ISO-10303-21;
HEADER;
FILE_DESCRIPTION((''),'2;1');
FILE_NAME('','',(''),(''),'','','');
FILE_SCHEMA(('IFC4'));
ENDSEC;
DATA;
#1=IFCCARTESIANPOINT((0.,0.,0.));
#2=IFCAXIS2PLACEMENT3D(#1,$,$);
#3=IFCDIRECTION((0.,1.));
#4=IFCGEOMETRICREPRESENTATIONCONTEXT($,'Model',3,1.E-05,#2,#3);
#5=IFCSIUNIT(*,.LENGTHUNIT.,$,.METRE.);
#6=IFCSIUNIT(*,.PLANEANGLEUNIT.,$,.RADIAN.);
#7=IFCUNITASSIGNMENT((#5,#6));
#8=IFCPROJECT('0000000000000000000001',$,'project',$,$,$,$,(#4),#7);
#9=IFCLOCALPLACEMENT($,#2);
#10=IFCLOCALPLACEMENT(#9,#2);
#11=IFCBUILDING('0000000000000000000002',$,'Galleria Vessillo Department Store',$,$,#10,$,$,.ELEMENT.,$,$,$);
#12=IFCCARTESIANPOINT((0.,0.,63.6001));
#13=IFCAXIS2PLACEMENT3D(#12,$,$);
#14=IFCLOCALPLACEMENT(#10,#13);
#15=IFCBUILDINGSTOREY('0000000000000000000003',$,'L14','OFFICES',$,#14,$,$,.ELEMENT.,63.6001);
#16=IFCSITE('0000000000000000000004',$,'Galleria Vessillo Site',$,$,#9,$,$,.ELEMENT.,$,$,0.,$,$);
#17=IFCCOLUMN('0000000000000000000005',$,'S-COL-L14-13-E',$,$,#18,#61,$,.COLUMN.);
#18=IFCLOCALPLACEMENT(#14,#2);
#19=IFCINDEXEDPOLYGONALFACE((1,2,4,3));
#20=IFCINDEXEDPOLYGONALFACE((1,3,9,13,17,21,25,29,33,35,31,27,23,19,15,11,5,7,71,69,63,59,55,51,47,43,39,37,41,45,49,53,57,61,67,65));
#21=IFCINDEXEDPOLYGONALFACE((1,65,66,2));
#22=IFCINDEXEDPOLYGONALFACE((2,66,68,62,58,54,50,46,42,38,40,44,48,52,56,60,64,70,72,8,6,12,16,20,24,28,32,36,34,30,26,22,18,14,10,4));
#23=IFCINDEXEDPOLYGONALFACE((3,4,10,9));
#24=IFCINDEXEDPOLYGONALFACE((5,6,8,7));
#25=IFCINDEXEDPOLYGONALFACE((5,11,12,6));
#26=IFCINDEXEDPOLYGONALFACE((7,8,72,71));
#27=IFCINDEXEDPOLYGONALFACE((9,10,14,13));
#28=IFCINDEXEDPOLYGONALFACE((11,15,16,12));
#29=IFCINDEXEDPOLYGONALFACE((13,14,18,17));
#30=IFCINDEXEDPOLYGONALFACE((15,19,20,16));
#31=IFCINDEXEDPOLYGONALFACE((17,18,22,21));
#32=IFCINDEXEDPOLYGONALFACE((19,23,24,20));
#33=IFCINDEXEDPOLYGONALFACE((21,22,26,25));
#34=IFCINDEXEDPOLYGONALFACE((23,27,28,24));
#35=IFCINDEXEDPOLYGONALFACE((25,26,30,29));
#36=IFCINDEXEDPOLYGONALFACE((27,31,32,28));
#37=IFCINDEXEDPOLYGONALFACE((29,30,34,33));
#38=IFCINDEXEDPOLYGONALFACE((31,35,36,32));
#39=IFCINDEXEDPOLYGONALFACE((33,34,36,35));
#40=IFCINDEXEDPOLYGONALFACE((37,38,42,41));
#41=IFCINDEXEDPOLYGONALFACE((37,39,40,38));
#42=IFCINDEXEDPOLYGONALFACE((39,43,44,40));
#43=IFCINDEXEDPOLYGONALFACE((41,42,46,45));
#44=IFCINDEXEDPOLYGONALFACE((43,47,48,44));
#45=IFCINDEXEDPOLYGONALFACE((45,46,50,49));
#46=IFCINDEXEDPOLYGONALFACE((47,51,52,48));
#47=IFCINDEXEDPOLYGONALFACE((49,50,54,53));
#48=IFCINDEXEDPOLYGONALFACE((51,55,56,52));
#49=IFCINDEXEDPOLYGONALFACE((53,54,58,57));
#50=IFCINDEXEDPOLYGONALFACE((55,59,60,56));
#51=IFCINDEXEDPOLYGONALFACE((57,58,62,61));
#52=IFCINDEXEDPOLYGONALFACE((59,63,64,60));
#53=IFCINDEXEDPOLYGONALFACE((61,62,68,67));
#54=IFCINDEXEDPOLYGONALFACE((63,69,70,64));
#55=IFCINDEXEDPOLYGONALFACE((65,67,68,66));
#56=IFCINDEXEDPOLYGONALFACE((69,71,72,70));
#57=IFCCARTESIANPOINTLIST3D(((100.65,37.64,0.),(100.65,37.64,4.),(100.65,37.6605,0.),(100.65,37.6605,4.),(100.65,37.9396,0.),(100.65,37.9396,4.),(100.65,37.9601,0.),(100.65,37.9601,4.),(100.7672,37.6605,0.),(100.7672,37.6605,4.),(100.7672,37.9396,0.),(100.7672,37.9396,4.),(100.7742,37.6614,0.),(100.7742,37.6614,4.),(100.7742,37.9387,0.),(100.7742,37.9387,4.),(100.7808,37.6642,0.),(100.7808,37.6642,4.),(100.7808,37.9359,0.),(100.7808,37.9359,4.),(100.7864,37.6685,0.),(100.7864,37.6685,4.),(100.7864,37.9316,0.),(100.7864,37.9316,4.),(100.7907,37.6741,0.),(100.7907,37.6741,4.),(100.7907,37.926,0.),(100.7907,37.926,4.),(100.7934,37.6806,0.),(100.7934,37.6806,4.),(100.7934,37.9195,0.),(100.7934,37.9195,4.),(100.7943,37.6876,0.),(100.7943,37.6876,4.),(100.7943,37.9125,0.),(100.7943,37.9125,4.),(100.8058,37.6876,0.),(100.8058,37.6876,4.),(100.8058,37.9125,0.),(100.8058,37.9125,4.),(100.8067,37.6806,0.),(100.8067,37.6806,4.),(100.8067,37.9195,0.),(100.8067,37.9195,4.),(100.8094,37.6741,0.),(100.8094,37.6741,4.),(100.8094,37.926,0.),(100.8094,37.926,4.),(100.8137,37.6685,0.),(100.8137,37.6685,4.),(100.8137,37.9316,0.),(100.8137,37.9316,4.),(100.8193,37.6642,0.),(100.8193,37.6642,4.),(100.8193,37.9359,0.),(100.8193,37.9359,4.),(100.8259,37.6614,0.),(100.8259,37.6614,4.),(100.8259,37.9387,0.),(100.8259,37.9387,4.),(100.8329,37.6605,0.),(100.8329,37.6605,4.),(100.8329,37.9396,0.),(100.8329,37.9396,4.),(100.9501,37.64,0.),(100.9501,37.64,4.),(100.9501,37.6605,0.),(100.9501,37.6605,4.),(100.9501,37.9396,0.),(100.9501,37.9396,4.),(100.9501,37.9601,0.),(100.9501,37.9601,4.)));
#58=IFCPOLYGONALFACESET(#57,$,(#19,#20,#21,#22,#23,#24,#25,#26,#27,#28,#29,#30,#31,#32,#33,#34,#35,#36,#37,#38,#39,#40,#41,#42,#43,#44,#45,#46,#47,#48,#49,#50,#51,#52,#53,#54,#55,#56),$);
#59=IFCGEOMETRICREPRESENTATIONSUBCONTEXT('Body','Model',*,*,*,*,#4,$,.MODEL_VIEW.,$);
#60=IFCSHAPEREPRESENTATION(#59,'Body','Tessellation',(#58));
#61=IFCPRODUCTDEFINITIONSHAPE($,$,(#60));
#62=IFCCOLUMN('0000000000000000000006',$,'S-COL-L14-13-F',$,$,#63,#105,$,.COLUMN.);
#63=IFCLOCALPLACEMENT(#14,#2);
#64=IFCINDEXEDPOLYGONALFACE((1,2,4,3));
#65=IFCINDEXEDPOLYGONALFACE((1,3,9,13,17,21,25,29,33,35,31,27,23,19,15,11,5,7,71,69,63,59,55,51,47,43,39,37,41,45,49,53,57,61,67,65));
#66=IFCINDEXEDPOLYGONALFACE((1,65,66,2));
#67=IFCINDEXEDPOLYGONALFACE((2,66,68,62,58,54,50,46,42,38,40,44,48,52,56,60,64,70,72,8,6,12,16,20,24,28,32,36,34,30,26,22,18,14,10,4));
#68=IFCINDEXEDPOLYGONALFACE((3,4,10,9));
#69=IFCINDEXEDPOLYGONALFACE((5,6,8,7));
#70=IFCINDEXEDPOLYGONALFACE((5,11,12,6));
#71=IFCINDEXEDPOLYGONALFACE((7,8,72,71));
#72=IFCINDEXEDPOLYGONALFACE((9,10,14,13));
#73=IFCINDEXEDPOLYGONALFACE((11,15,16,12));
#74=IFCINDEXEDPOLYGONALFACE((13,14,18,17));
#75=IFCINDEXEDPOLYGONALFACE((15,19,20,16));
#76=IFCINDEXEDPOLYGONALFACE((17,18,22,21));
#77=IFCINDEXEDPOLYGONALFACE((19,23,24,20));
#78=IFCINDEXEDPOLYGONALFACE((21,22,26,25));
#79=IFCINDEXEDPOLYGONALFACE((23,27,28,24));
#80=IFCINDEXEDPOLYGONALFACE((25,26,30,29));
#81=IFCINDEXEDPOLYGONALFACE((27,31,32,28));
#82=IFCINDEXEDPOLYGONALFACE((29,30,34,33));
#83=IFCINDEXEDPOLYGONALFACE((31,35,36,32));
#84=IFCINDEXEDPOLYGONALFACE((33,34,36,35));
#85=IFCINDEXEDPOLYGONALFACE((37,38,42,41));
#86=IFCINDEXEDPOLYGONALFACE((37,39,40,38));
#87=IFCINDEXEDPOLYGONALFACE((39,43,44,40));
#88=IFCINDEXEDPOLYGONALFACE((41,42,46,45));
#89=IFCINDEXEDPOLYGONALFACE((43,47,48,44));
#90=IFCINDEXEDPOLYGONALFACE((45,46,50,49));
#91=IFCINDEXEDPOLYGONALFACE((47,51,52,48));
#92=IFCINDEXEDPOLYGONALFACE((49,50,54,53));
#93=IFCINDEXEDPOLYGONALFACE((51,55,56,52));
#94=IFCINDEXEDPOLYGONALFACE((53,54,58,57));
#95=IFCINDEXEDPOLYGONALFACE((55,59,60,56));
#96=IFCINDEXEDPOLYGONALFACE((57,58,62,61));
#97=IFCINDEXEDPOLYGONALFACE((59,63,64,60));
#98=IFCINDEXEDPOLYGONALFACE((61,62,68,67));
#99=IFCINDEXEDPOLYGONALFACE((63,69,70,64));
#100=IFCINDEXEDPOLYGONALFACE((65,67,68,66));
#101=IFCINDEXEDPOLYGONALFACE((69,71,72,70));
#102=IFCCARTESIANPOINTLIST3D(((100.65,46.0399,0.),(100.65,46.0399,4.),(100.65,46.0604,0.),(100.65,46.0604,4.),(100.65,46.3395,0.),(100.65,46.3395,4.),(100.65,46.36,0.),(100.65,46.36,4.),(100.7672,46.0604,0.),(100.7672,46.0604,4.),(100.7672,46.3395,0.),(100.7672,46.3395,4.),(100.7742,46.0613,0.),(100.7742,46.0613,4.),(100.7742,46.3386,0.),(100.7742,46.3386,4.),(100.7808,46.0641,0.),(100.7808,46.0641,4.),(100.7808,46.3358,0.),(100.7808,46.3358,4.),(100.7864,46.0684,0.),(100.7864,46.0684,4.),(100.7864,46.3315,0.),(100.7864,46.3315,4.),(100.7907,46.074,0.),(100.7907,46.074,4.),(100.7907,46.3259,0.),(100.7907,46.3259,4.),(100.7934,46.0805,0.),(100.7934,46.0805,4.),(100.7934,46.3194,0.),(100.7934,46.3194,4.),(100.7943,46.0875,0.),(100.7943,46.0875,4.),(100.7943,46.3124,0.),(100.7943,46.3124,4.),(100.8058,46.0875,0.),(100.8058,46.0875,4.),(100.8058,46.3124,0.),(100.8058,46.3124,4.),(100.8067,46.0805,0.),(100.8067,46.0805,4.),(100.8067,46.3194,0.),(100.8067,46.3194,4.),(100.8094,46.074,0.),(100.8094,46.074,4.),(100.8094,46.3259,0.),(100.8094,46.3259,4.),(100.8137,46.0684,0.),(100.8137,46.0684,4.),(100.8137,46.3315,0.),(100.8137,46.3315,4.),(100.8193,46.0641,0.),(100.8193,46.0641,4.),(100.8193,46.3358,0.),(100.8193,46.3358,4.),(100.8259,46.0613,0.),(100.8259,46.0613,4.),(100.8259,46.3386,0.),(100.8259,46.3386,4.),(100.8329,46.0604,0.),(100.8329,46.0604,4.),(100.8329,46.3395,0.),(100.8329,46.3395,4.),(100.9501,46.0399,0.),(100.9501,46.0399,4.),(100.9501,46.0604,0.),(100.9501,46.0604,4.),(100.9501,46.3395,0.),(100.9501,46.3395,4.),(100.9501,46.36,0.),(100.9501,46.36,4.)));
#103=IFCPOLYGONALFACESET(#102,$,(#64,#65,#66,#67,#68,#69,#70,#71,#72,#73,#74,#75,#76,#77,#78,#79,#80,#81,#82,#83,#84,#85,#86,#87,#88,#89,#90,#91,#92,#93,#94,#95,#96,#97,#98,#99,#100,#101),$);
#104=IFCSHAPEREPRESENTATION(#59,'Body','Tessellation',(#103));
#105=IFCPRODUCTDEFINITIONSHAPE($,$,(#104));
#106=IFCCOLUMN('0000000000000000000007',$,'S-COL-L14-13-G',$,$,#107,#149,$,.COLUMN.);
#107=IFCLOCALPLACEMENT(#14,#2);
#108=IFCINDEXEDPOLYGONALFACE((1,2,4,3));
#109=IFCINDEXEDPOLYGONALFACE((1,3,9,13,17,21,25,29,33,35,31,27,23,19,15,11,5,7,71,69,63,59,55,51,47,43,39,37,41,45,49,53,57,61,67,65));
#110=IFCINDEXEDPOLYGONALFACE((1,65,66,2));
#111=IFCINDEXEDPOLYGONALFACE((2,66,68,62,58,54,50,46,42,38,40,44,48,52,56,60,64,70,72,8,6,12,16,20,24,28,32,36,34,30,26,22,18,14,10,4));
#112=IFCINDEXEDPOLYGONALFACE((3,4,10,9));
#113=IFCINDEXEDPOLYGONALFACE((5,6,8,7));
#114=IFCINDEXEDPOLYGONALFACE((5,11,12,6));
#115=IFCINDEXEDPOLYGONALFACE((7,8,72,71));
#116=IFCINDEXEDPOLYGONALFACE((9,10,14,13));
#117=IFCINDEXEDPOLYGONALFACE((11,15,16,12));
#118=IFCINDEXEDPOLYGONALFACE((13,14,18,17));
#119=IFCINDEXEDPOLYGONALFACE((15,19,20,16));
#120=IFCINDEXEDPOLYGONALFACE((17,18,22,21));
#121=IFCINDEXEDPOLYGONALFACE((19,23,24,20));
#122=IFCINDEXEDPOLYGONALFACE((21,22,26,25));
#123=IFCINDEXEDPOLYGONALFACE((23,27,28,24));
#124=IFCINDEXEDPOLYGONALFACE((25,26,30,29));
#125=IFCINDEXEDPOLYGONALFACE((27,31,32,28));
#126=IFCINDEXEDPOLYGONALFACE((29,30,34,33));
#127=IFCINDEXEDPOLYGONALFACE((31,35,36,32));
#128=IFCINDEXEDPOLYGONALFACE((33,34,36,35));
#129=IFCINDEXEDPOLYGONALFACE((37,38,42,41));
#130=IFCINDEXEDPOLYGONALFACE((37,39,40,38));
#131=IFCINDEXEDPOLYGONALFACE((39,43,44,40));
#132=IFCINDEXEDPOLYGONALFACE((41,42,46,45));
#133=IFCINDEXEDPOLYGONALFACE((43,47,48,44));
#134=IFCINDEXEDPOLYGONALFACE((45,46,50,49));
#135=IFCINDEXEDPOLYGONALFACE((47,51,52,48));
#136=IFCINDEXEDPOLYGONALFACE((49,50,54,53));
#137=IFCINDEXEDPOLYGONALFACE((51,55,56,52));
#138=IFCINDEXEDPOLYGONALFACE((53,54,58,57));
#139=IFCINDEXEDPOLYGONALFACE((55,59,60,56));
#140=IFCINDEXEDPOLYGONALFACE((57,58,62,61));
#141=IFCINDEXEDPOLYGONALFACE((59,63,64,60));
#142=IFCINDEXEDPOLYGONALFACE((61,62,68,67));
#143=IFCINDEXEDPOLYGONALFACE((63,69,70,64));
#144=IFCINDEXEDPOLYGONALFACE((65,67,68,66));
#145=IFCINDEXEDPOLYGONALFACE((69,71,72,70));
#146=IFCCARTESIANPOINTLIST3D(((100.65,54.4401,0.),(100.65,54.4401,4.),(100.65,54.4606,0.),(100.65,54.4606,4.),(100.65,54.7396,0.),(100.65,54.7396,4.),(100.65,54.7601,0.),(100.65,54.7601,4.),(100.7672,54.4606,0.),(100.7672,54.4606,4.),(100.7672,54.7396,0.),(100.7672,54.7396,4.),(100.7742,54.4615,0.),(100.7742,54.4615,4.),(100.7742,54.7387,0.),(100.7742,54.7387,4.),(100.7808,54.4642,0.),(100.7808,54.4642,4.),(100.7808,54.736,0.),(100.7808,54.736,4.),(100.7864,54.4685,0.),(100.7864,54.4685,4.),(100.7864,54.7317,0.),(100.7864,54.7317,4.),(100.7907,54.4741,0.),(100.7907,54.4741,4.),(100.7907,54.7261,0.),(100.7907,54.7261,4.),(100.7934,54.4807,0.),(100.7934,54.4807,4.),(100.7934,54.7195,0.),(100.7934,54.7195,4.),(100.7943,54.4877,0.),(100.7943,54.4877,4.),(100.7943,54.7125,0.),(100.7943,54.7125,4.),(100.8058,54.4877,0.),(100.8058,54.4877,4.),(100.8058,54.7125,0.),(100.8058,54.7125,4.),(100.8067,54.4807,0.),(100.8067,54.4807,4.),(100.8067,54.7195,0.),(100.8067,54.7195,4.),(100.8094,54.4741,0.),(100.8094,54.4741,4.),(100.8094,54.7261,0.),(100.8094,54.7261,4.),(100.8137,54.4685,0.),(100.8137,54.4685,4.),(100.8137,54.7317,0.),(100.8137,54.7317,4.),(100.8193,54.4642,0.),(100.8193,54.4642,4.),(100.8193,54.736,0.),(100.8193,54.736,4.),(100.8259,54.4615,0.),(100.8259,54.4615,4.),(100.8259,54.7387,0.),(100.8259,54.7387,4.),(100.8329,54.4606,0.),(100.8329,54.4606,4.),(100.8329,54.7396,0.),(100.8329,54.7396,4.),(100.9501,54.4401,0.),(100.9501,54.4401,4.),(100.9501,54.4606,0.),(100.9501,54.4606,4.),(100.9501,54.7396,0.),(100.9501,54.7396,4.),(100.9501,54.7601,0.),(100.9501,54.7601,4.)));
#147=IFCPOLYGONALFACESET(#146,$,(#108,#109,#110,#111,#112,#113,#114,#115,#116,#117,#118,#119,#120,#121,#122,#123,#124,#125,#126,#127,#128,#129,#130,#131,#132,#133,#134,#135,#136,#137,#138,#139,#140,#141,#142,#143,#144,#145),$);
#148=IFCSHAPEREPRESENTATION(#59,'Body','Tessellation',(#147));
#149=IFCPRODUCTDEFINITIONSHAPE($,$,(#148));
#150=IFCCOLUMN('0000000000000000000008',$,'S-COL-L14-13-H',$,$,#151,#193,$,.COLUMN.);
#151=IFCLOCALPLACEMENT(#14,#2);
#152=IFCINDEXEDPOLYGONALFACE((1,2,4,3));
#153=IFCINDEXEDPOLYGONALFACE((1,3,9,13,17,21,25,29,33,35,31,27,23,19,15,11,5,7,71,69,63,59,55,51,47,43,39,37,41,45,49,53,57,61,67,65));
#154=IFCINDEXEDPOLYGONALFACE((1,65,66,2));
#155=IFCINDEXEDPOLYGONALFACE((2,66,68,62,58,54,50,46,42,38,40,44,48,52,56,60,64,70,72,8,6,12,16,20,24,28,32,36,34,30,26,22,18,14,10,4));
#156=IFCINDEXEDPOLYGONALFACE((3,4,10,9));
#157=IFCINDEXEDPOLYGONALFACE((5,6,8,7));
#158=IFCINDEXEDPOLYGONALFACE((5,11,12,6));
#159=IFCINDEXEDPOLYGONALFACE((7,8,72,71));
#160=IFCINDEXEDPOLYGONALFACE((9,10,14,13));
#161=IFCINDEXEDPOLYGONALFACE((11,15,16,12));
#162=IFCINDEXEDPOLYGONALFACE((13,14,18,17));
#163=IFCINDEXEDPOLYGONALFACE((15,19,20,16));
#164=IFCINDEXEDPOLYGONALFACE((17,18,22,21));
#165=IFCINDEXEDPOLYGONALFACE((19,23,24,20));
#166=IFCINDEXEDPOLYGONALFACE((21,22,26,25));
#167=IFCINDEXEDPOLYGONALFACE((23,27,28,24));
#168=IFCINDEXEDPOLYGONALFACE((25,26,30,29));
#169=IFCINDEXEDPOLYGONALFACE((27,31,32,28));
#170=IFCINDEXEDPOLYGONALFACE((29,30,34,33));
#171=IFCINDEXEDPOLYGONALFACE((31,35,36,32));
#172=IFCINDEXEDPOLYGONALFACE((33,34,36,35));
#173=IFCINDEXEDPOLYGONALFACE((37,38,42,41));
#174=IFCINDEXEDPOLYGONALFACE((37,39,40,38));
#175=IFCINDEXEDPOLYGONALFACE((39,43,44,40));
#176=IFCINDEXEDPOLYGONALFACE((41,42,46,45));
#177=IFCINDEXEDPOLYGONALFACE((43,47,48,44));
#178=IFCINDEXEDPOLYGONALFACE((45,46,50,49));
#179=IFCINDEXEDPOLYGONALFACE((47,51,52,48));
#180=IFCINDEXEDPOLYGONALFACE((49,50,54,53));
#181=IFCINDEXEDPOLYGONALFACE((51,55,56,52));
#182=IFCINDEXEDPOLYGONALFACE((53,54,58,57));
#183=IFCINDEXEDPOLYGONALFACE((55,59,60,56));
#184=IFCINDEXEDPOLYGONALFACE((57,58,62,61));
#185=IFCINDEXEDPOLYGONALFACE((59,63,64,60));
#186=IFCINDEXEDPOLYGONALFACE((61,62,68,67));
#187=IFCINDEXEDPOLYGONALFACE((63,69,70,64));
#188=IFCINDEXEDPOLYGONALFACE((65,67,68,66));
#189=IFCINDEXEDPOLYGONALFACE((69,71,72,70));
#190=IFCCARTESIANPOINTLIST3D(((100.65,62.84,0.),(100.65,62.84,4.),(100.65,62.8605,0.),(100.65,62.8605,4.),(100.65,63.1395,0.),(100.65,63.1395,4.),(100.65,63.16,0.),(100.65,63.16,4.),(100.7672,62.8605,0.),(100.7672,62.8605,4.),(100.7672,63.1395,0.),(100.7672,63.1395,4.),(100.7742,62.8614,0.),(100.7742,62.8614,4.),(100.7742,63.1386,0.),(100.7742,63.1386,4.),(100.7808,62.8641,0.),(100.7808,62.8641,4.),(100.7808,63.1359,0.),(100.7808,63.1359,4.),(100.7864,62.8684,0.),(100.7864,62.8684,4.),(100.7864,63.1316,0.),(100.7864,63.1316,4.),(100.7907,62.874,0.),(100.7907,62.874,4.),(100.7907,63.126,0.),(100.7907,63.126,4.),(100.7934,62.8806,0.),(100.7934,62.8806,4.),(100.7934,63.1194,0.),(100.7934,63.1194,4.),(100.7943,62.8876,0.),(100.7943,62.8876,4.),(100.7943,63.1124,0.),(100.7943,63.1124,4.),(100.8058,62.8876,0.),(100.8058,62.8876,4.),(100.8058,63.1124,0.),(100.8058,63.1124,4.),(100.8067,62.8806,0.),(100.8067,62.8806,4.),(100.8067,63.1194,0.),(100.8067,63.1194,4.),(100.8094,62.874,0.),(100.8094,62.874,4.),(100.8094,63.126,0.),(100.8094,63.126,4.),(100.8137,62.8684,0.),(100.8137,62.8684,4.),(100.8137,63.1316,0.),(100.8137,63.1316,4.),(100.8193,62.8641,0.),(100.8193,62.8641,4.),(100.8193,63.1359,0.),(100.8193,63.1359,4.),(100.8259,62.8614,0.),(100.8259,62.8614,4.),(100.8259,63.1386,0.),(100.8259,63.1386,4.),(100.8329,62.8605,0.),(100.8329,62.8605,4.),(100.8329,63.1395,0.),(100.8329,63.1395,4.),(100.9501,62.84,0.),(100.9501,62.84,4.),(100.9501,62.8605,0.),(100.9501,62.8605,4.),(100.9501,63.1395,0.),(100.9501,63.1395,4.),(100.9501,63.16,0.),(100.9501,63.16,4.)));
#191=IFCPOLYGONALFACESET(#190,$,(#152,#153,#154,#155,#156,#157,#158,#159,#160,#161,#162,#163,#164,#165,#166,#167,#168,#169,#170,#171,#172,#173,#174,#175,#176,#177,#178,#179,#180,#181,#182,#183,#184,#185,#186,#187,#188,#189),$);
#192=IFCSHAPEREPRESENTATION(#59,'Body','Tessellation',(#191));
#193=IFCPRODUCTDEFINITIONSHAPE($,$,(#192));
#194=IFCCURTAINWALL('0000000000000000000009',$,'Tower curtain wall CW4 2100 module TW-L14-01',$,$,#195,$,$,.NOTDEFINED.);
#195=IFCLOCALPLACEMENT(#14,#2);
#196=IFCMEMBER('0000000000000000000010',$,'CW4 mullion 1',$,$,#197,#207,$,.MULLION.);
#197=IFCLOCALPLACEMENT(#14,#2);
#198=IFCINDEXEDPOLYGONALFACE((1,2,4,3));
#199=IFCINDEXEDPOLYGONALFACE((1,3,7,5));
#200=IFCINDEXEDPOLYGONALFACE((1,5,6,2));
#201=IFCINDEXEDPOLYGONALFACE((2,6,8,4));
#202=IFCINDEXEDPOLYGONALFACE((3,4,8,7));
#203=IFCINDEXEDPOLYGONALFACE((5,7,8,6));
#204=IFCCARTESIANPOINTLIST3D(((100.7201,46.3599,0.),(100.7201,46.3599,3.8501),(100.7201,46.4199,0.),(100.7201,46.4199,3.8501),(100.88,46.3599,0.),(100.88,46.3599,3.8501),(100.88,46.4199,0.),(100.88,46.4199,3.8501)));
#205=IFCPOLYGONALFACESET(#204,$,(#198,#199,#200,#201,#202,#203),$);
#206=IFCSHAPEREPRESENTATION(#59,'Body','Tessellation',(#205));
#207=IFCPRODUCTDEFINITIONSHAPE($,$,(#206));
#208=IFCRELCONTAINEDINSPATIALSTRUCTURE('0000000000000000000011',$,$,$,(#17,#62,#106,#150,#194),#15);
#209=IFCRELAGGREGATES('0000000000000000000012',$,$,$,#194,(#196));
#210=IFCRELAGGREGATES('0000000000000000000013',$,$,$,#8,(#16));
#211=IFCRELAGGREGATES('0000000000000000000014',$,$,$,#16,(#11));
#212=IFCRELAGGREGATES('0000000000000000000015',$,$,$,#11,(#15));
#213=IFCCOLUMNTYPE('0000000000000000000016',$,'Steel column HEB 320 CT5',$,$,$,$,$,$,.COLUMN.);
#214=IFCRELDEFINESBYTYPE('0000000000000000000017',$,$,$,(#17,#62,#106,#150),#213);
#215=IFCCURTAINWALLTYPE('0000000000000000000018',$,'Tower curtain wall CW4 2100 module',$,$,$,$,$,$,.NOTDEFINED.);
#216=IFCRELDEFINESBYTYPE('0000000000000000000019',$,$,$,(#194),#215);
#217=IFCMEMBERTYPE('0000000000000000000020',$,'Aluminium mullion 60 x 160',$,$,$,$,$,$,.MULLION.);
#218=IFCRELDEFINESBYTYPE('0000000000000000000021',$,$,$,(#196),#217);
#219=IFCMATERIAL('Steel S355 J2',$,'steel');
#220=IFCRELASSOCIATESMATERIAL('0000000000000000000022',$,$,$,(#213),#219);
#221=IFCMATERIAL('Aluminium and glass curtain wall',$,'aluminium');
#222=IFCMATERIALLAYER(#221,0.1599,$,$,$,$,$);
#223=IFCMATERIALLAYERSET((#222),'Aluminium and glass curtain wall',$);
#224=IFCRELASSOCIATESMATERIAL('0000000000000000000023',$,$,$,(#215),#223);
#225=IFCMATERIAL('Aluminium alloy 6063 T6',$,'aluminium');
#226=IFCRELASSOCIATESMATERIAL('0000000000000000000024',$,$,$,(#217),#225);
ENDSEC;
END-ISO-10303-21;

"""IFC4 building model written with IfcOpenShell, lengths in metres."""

from ifc_helpers import new_model, si_unit, direction, frame, origin, origin_2d, place, context, subcontext, project, spatial, rectangle, i_section, extrude, material, layer, layer_set, material_profile, profile_set, type_object, element, aggregate, save


model = new_model("IFC4")

# Units and contexts
model_context = context("Model", 3, precision=1e-05, world=origin(), true_north=direction((0.0, 1.0)))
body_context = subcontext(model_context, "Body", "Model", "MODEL_VIEW")
ifc_project = project(units=[si_unit("LENGTHUNIT", "METRE"), si_unit("PLANEANGLEUNIT", "RADIAN")], contexts=[model_context])

# Site, building, storey
site_placement = place(None, origin())
site = spatial("IfcSite", under=ifc_project, at=site_placement, Name="Galleria Vessillo Site", CompositionType="ELEMENT", RefElevation=0.0)
building_placement = place(site_placement, origin())
building = spatial("IfcBuilding", under=site, at=building_placement, Name="Galleria Vessillo Department Store", CompositionType="ELEMENT")
storey_placement = place(building_placement, frame((0.0, 0.0, 63.6001)))
storey = spatial("IfcBuildingStorey", under=building, at=storey_placement, Name="L14", Description="OFFICES", CompositionType="ELEMENT", Elevation=63.6001)

# Columns
ifc_material_1 = material(Name="Steel S355 J2", Category="steel")
ifc_material_profile_1 = material_profile(ifc_material_1, i_section(OverallWidth=0.3, OverallDepth=0.3201, WebThickness=0.0115, FlangeThickness=0.0205, FilletRadius=0.0271, at=origin_2d()), Name="HEB 320")
ifc_profile_set_1 = profile_set([ifc_material_profile_1], Name="Steel S355 J2")
column_type = type_object("IfcColumnType", Name="Steel column HEB 320 CT5", PredefinedType="COLUMN", material=ifc_profile_set_1)
for number, where, z_axis, x_axis, name in (
    (1, (100.8, 37.8, 0.0), (0.0, 0.0, 1.0), (1.0, 0.0, 0.0), "S-COL-L14-13-E"),
    (2, (100.8, 46.2, 0.0), (0.0, 0.0, 1.0), (1.0, 0.0, 0.0), "S-COL-L14-13-F"),
    (3, (100.8, 54.6001, 0.0), (0.0, 0.0, 1.0), (1.0, 0.0, 0.0), "S-COL-L14-13-G"),
    (4, (100.8, 63.0, 0.0), (0.0, 0.0, 1.0), (1.0, 0.0, 0.0), "S-COL-L14-13-H"),
):
    element("IfcColumn", number, at=place(storey_placement, frame(where, z_axis=z_axis, x_axis=x_axis)), inside=storey, type_object=column_type, Name=name, PredefinedType="COLUMN", context=body_context, shape_type="SweptSolid", body=[
        extrude(i_section(OverallWidth=0.3, OverallDepth=0.3201, WebThickness=0.0115, FlangeThickness=0.0205, FilletRadius=0.0271, at=origin_2d()), origin(), (0.0, 0.0, 1.0), 4.0),
    ])

# Curtain wall, member
ifc_material_2 = material(Name="Aluminium and glass curtain wall", Category="aluminium")
ifc_layer_1 = layer(ifc_material_2, 0.1599)
ifc_layer_set_1 = layer_set([ifc_layer_1], Name="Aluminium and glass curtain wall")
curtain_wall_type = type_object("IfcCurtainWallType", Name="Tower curtain wall CW4 2100 module", PredefinedType="NOTDEFINED", material=ifc_layer_set_1)
curtain_wall_placement = place(storey_placement, origin())
curtain_wall = element("IfcCurtainWall", 5, at=curtain_wall_placement, inside=storey, type_object=curtain_wall_type, Name="Tower curtain wall CW4 2100 module TW-L14-01", PredefinedType="NOTDEFINED")
ifc_material_3 = material(Name="Aluminium alloy 6063 T6", Category="aluminium")
ifc_material_profile_2 = material_profile(ifc_material_3, rectangle(XDim=0.1599, YDim=0.0601, at=origin_2d()), Name="AL 60x160")
ifc_profile_set_2 = profile_set([ifc_material_profile_2], Name="Aluminium alloy 6063 T6")
member_type = type_object("IfcMemberType", Name="Aluminium mullion 60 x 160", PredefinedType="MULLION", material=ifc_profile_set_2)
member_1_placement = place(storey_placement, frame((100.8, 46.3899, 0.0), z_axis=(0.0, 0.0, 1.0), x_axis=(-1.0, 0.0, 0.0)))
member_1 = element("IfcMember", 6, at=member_1_placement, type_object=member_type, Name="CW4 mullion 1", PredefinedType="MULLION", context=body_context, shape_type="SweptSolid", body=[
    extrude(rectangle(XDim=0.1599, YDim=0.0601, at=origin_2d()), origin(), (0.0, 0.0, 1.0), 3.8501),
])
aggregate(curtain_wall, [member_1])

save(model, "model.ifc")
